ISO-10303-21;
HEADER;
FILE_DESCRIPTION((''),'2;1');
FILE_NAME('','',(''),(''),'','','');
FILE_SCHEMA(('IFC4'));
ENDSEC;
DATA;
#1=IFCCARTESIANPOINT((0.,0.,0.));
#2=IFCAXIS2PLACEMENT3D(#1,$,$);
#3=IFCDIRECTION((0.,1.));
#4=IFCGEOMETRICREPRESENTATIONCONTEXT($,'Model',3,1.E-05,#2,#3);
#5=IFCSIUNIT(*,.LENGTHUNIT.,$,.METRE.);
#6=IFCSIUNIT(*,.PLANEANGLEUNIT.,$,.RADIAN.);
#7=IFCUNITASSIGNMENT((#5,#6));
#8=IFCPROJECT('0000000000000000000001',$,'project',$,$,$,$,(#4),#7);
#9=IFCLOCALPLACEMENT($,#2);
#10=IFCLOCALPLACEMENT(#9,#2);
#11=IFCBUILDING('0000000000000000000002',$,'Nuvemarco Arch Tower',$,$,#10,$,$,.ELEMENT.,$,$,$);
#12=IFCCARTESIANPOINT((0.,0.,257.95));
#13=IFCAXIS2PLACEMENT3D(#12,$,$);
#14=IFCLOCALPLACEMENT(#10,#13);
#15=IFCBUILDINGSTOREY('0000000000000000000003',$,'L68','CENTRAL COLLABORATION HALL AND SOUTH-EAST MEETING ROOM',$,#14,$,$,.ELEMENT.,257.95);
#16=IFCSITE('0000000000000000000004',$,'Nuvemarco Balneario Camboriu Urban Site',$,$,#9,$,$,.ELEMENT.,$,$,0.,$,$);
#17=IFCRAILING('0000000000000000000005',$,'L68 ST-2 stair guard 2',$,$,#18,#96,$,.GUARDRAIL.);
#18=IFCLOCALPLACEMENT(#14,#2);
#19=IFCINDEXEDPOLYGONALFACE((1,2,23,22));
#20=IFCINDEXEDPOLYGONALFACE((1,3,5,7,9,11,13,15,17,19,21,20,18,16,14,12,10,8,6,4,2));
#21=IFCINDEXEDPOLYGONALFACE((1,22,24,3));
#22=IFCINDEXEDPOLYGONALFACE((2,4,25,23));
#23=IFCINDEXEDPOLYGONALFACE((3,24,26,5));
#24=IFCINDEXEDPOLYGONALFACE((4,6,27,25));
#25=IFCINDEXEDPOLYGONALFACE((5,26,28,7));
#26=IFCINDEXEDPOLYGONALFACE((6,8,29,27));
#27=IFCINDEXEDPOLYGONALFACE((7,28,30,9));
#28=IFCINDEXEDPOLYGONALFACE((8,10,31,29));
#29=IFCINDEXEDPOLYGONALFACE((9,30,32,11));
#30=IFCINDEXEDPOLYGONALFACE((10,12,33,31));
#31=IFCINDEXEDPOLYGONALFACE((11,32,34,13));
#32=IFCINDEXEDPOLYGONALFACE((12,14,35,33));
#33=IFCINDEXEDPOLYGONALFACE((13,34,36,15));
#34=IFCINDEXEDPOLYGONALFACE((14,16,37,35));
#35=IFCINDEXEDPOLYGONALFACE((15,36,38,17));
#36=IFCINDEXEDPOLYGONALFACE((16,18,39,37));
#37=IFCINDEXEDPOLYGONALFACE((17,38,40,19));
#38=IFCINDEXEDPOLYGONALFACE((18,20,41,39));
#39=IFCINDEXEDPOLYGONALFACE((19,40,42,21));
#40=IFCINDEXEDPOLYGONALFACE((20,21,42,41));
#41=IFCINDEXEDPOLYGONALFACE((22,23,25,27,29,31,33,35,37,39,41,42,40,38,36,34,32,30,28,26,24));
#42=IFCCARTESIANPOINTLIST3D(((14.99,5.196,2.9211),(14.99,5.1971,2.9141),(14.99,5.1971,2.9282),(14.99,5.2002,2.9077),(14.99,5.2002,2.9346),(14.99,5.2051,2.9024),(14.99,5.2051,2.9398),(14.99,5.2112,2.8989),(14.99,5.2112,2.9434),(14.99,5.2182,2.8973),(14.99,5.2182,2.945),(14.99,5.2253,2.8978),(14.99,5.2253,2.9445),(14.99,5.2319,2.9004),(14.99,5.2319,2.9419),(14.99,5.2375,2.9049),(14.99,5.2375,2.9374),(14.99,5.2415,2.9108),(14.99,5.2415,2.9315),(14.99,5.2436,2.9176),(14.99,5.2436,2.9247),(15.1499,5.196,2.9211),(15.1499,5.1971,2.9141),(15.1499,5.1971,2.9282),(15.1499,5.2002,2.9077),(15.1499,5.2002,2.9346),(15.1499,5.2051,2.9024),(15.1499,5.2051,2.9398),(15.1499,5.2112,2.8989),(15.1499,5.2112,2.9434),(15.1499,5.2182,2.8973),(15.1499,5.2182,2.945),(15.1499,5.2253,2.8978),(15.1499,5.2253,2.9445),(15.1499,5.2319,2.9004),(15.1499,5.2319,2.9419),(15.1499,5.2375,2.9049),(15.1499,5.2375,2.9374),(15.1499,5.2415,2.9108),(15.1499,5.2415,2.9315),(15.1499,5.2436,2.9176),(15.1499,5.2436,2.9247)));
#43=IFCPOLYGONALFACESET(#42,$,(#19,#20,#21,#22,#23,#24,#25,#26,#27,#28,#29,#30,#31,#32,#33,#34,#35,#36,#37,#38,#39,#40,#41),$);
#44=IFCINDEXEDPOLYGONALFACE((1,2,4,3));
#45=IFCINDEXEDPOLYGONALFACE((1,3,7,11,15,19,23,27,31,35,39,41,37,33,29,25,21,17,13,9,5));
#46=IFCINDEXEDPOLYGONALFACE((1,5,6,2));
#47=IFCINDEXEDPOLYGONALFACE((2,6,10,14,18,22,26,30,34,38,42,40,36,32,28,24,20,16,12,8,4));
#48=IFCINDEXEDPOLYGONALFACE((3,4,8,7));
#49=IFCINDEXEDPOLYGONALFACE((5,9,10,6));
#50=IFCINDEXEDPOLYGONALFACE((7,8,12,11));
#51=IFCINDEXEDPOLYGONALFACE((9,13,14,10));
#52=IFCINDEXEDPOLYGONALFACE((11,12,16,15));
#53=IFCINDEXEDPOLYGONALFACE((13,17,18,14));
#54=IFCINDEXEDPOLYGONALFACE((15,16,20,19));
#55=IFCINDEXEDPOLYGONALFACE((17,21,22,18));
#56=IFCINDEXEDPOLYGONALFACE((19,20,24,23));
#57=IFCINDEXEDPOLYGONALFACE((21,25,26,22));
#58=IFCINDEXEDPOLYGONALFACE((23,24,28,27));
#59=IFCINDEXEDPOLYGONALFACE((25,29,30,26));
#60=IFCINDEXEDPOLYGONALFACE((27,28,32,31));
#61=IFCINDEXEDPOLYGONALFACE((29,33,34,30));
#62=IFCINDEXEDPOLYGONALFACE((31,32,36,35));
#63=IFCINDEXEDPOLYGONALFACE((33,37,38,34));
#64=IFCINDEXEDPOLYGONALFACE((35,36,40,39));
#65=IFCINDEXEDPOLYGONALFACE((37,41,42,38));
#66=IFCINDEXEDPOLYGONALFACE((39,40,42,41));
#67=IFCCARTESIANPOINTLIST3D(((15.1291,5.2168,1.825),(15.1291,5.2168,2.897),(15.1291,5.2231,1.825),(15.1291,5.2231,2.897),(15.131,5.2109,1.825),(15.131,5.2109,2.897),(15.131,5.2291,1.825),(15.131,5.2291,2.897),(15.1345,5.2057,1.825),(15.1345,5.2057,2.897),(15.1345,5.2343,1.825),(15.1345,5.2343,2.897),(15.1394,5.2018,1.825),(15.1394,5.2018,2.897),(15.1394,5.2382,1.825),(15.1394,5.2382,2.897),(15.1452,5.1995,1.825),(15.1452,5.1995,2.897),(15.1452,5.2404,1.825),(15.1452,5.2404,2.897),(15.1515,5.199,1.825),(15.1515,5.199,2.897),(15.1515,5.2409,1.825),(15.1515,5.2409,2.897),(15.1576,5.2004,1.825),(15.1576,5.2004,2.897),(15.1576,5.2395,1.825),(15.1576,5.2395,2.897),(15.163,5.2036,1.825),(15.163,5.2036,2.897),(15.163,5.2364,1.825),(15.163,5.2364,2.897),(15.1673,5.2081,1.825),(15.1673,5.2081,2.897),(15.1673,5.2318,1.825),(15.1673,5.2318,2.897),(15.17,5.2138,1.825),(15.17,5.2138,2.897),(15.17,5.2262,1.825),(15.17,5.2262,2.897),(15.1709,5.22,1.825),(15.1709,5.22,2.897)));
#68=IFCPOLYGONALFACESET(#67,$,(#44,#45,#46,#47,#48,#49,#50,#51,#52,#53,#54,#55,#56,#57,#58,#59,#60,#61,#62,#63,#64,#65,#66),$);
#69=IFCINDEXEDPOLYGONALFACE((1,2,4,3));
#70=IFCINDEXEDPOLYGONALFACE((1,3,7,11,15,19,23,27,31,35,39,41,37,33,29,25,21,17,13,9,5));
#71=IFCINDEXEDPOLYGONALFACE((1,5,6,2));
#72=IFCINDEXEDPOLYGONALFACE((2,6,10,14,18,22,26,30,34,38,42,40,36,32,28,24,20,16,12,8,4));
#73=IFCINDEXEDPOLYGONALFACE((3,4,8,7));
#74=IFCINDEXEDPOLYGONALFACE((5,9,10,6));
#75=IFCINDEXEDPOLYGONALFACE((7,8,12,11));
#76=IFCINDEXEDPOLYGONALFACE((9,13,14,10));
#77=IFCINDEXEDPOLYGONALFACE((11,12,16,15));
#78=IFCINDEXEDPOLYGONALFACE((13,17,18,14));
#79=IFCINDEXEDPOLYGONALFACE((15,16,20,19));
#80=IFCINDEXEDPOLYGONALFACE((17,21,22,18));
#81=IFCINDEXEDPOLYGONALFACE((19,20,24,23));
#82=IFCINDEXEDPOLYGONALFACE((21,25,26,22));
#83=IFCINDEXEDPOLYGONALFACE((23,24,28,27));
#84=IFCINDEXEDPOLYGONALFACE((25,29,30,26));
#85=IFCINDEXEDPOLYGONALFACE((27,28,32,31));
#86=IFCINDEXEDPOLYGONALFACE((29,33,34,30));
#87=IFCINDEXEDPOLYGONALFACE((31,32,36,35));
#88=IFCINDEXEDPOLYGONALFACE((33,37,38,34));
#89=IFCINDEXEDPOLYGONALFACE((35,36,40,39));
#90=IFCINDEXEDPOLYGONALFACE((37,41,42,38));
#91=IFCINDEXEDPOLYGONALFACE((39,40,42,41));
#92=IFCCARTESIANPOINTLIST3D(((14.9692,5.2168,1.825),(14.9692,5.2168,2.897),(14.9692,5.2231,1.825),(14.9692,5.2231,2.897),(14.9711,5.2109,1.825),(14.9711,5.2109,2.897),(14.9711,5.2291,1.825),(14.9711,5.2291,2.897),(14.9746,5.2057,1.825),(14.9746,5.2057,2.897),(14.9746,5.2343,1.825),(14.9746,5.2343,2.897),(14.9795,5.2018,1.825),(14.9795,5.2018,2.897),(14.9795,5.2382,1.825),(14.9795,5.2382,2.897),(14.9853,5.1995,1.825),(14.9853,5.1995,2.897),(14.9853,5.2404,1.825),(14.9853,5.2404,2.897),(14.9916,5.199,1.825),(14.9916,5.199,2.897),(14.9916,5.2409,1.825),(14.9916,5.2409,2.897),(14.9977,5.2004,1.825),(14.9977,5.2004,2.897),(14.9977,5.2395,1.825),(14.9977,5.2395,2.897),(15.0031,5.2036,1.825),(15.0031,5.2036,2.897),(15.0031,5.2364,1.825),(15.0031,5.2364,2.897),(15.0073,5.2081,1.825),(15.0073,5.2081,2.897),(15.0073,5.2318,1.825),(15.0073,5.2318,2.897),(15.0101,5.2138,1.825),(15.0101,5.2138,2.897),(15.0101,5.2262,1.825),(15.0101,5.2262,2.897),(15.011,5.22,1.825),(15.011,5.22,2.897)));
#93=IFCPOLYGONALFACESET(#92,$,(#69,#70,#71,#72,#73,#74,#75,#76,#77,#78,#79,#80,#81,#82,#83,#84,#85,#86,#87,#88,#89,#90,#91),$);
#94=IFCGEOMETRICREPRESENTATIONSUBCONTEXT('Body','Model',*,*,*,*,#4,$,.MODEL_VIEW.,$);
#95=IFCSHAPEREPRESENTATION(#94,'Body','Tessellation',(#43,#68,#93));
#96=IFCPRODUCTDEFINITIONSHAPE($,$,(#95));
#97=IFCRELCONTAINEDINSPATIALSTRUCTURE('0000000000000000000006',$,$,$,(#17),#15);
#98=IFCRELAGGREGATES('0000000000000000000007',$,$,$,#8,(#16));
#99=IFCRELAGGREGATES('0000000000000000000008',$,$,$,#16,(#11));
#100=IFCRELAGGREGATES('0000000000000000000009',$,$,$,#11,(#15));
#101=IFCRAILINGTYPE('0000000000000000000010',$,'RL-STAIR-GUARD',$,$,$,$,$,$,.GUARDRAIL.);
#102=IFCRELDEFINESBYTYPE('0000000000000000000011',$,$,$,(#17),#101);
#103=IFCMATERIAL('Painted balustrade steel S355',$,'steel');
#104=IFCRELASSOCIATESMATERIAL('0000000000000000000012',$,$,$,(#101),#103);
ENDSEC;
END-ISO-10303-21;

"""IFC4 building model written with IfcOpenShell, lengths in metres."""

from ifc_helpers import new_model, si_unit, direction, frame, origin, origin_2d, place, context, subcontext, project, spatial, circle, extrude, material, type_object, element, save


model = new_model("IFC4")

# Units and contexts
model_context = context("Model", 3, precision=1e-05, world=origin(), true_north=direction((0.0, 1.0)))
body_context = subcontext(model_context, "Body", "Model", "MODEL_VIEW")
ifc_project = project(units=[si_unit("LENGTHUNIT", "METRE"), si_unit("PLANEANGLEUNIT", "RADIAN")], contexts=[model_context])

# Site, building, storey
site_placement = place(None, origin())
site = spatial("IfcSite", under=ifc_project, at=site_placement, Name="Nuvemarco Balneario Camboriu Urban Site", CompositionType="ELEMENT", RefElevation=0.0)
building_placement = place(site_placement, origin())
building = spatial("IfcBuilding", under=site, at=building_placement, Name="Nuvemarco Arch Tower", CompositionType="ELEMENT")
storey_placement = place(building_placement, frame((0.0, 0.0, 257.95)))
storey = spatial("IfcBuildingStorey", under=building, at=storey_placement, Name="L68", Description="CENTRAL COLLABORATION HALL AND SOUTH-EAST MEETING ROOM", CompositionType="ELEMENT", Elevation=257.95)

# Railing
ifc_material_1 = material(Name="Painted balustrade steel S355", Category="steel")
railing_type_1 = type_object("IfcRailingType", Name="RL-STAIR-GUARD", PredefinedType="GUARDRAIL", material=ifc_material_1)
railing_1_placement = place(storey_placement, frame((15.1499, 5.22, 1.825)))
element("IfcRailing", 1, at=railing_1_placement, inside=storey, type_object=railing_type_1, Name="L68 ST-2 stair guard 2", PredefinedType="GUARDRAIL", context=body_context, shape_type="SweptSolid", body=[
    extrude(circle(Radius=0.0239, at=origin_2d()), frame((0.0, 0.0, 1.0962), z_axis=(-1.0, 0.0, 0.0), x_axis=(0.0, -1.0, 0.0)), (0.0, 0.0, 1.0), 0.1599),
    extrude(circle(Radius=0.021, at=origin_2d()), origin(), (0.0, 0.0, 1.0), 1.072),
    extrude(circle(Radius=0.021, at=origin_2d()), frame((-0.1599, 0.0, 0.0)), (0.0, 0.0, 1.0), 1.072),
])

save(model, "model.ifc")
